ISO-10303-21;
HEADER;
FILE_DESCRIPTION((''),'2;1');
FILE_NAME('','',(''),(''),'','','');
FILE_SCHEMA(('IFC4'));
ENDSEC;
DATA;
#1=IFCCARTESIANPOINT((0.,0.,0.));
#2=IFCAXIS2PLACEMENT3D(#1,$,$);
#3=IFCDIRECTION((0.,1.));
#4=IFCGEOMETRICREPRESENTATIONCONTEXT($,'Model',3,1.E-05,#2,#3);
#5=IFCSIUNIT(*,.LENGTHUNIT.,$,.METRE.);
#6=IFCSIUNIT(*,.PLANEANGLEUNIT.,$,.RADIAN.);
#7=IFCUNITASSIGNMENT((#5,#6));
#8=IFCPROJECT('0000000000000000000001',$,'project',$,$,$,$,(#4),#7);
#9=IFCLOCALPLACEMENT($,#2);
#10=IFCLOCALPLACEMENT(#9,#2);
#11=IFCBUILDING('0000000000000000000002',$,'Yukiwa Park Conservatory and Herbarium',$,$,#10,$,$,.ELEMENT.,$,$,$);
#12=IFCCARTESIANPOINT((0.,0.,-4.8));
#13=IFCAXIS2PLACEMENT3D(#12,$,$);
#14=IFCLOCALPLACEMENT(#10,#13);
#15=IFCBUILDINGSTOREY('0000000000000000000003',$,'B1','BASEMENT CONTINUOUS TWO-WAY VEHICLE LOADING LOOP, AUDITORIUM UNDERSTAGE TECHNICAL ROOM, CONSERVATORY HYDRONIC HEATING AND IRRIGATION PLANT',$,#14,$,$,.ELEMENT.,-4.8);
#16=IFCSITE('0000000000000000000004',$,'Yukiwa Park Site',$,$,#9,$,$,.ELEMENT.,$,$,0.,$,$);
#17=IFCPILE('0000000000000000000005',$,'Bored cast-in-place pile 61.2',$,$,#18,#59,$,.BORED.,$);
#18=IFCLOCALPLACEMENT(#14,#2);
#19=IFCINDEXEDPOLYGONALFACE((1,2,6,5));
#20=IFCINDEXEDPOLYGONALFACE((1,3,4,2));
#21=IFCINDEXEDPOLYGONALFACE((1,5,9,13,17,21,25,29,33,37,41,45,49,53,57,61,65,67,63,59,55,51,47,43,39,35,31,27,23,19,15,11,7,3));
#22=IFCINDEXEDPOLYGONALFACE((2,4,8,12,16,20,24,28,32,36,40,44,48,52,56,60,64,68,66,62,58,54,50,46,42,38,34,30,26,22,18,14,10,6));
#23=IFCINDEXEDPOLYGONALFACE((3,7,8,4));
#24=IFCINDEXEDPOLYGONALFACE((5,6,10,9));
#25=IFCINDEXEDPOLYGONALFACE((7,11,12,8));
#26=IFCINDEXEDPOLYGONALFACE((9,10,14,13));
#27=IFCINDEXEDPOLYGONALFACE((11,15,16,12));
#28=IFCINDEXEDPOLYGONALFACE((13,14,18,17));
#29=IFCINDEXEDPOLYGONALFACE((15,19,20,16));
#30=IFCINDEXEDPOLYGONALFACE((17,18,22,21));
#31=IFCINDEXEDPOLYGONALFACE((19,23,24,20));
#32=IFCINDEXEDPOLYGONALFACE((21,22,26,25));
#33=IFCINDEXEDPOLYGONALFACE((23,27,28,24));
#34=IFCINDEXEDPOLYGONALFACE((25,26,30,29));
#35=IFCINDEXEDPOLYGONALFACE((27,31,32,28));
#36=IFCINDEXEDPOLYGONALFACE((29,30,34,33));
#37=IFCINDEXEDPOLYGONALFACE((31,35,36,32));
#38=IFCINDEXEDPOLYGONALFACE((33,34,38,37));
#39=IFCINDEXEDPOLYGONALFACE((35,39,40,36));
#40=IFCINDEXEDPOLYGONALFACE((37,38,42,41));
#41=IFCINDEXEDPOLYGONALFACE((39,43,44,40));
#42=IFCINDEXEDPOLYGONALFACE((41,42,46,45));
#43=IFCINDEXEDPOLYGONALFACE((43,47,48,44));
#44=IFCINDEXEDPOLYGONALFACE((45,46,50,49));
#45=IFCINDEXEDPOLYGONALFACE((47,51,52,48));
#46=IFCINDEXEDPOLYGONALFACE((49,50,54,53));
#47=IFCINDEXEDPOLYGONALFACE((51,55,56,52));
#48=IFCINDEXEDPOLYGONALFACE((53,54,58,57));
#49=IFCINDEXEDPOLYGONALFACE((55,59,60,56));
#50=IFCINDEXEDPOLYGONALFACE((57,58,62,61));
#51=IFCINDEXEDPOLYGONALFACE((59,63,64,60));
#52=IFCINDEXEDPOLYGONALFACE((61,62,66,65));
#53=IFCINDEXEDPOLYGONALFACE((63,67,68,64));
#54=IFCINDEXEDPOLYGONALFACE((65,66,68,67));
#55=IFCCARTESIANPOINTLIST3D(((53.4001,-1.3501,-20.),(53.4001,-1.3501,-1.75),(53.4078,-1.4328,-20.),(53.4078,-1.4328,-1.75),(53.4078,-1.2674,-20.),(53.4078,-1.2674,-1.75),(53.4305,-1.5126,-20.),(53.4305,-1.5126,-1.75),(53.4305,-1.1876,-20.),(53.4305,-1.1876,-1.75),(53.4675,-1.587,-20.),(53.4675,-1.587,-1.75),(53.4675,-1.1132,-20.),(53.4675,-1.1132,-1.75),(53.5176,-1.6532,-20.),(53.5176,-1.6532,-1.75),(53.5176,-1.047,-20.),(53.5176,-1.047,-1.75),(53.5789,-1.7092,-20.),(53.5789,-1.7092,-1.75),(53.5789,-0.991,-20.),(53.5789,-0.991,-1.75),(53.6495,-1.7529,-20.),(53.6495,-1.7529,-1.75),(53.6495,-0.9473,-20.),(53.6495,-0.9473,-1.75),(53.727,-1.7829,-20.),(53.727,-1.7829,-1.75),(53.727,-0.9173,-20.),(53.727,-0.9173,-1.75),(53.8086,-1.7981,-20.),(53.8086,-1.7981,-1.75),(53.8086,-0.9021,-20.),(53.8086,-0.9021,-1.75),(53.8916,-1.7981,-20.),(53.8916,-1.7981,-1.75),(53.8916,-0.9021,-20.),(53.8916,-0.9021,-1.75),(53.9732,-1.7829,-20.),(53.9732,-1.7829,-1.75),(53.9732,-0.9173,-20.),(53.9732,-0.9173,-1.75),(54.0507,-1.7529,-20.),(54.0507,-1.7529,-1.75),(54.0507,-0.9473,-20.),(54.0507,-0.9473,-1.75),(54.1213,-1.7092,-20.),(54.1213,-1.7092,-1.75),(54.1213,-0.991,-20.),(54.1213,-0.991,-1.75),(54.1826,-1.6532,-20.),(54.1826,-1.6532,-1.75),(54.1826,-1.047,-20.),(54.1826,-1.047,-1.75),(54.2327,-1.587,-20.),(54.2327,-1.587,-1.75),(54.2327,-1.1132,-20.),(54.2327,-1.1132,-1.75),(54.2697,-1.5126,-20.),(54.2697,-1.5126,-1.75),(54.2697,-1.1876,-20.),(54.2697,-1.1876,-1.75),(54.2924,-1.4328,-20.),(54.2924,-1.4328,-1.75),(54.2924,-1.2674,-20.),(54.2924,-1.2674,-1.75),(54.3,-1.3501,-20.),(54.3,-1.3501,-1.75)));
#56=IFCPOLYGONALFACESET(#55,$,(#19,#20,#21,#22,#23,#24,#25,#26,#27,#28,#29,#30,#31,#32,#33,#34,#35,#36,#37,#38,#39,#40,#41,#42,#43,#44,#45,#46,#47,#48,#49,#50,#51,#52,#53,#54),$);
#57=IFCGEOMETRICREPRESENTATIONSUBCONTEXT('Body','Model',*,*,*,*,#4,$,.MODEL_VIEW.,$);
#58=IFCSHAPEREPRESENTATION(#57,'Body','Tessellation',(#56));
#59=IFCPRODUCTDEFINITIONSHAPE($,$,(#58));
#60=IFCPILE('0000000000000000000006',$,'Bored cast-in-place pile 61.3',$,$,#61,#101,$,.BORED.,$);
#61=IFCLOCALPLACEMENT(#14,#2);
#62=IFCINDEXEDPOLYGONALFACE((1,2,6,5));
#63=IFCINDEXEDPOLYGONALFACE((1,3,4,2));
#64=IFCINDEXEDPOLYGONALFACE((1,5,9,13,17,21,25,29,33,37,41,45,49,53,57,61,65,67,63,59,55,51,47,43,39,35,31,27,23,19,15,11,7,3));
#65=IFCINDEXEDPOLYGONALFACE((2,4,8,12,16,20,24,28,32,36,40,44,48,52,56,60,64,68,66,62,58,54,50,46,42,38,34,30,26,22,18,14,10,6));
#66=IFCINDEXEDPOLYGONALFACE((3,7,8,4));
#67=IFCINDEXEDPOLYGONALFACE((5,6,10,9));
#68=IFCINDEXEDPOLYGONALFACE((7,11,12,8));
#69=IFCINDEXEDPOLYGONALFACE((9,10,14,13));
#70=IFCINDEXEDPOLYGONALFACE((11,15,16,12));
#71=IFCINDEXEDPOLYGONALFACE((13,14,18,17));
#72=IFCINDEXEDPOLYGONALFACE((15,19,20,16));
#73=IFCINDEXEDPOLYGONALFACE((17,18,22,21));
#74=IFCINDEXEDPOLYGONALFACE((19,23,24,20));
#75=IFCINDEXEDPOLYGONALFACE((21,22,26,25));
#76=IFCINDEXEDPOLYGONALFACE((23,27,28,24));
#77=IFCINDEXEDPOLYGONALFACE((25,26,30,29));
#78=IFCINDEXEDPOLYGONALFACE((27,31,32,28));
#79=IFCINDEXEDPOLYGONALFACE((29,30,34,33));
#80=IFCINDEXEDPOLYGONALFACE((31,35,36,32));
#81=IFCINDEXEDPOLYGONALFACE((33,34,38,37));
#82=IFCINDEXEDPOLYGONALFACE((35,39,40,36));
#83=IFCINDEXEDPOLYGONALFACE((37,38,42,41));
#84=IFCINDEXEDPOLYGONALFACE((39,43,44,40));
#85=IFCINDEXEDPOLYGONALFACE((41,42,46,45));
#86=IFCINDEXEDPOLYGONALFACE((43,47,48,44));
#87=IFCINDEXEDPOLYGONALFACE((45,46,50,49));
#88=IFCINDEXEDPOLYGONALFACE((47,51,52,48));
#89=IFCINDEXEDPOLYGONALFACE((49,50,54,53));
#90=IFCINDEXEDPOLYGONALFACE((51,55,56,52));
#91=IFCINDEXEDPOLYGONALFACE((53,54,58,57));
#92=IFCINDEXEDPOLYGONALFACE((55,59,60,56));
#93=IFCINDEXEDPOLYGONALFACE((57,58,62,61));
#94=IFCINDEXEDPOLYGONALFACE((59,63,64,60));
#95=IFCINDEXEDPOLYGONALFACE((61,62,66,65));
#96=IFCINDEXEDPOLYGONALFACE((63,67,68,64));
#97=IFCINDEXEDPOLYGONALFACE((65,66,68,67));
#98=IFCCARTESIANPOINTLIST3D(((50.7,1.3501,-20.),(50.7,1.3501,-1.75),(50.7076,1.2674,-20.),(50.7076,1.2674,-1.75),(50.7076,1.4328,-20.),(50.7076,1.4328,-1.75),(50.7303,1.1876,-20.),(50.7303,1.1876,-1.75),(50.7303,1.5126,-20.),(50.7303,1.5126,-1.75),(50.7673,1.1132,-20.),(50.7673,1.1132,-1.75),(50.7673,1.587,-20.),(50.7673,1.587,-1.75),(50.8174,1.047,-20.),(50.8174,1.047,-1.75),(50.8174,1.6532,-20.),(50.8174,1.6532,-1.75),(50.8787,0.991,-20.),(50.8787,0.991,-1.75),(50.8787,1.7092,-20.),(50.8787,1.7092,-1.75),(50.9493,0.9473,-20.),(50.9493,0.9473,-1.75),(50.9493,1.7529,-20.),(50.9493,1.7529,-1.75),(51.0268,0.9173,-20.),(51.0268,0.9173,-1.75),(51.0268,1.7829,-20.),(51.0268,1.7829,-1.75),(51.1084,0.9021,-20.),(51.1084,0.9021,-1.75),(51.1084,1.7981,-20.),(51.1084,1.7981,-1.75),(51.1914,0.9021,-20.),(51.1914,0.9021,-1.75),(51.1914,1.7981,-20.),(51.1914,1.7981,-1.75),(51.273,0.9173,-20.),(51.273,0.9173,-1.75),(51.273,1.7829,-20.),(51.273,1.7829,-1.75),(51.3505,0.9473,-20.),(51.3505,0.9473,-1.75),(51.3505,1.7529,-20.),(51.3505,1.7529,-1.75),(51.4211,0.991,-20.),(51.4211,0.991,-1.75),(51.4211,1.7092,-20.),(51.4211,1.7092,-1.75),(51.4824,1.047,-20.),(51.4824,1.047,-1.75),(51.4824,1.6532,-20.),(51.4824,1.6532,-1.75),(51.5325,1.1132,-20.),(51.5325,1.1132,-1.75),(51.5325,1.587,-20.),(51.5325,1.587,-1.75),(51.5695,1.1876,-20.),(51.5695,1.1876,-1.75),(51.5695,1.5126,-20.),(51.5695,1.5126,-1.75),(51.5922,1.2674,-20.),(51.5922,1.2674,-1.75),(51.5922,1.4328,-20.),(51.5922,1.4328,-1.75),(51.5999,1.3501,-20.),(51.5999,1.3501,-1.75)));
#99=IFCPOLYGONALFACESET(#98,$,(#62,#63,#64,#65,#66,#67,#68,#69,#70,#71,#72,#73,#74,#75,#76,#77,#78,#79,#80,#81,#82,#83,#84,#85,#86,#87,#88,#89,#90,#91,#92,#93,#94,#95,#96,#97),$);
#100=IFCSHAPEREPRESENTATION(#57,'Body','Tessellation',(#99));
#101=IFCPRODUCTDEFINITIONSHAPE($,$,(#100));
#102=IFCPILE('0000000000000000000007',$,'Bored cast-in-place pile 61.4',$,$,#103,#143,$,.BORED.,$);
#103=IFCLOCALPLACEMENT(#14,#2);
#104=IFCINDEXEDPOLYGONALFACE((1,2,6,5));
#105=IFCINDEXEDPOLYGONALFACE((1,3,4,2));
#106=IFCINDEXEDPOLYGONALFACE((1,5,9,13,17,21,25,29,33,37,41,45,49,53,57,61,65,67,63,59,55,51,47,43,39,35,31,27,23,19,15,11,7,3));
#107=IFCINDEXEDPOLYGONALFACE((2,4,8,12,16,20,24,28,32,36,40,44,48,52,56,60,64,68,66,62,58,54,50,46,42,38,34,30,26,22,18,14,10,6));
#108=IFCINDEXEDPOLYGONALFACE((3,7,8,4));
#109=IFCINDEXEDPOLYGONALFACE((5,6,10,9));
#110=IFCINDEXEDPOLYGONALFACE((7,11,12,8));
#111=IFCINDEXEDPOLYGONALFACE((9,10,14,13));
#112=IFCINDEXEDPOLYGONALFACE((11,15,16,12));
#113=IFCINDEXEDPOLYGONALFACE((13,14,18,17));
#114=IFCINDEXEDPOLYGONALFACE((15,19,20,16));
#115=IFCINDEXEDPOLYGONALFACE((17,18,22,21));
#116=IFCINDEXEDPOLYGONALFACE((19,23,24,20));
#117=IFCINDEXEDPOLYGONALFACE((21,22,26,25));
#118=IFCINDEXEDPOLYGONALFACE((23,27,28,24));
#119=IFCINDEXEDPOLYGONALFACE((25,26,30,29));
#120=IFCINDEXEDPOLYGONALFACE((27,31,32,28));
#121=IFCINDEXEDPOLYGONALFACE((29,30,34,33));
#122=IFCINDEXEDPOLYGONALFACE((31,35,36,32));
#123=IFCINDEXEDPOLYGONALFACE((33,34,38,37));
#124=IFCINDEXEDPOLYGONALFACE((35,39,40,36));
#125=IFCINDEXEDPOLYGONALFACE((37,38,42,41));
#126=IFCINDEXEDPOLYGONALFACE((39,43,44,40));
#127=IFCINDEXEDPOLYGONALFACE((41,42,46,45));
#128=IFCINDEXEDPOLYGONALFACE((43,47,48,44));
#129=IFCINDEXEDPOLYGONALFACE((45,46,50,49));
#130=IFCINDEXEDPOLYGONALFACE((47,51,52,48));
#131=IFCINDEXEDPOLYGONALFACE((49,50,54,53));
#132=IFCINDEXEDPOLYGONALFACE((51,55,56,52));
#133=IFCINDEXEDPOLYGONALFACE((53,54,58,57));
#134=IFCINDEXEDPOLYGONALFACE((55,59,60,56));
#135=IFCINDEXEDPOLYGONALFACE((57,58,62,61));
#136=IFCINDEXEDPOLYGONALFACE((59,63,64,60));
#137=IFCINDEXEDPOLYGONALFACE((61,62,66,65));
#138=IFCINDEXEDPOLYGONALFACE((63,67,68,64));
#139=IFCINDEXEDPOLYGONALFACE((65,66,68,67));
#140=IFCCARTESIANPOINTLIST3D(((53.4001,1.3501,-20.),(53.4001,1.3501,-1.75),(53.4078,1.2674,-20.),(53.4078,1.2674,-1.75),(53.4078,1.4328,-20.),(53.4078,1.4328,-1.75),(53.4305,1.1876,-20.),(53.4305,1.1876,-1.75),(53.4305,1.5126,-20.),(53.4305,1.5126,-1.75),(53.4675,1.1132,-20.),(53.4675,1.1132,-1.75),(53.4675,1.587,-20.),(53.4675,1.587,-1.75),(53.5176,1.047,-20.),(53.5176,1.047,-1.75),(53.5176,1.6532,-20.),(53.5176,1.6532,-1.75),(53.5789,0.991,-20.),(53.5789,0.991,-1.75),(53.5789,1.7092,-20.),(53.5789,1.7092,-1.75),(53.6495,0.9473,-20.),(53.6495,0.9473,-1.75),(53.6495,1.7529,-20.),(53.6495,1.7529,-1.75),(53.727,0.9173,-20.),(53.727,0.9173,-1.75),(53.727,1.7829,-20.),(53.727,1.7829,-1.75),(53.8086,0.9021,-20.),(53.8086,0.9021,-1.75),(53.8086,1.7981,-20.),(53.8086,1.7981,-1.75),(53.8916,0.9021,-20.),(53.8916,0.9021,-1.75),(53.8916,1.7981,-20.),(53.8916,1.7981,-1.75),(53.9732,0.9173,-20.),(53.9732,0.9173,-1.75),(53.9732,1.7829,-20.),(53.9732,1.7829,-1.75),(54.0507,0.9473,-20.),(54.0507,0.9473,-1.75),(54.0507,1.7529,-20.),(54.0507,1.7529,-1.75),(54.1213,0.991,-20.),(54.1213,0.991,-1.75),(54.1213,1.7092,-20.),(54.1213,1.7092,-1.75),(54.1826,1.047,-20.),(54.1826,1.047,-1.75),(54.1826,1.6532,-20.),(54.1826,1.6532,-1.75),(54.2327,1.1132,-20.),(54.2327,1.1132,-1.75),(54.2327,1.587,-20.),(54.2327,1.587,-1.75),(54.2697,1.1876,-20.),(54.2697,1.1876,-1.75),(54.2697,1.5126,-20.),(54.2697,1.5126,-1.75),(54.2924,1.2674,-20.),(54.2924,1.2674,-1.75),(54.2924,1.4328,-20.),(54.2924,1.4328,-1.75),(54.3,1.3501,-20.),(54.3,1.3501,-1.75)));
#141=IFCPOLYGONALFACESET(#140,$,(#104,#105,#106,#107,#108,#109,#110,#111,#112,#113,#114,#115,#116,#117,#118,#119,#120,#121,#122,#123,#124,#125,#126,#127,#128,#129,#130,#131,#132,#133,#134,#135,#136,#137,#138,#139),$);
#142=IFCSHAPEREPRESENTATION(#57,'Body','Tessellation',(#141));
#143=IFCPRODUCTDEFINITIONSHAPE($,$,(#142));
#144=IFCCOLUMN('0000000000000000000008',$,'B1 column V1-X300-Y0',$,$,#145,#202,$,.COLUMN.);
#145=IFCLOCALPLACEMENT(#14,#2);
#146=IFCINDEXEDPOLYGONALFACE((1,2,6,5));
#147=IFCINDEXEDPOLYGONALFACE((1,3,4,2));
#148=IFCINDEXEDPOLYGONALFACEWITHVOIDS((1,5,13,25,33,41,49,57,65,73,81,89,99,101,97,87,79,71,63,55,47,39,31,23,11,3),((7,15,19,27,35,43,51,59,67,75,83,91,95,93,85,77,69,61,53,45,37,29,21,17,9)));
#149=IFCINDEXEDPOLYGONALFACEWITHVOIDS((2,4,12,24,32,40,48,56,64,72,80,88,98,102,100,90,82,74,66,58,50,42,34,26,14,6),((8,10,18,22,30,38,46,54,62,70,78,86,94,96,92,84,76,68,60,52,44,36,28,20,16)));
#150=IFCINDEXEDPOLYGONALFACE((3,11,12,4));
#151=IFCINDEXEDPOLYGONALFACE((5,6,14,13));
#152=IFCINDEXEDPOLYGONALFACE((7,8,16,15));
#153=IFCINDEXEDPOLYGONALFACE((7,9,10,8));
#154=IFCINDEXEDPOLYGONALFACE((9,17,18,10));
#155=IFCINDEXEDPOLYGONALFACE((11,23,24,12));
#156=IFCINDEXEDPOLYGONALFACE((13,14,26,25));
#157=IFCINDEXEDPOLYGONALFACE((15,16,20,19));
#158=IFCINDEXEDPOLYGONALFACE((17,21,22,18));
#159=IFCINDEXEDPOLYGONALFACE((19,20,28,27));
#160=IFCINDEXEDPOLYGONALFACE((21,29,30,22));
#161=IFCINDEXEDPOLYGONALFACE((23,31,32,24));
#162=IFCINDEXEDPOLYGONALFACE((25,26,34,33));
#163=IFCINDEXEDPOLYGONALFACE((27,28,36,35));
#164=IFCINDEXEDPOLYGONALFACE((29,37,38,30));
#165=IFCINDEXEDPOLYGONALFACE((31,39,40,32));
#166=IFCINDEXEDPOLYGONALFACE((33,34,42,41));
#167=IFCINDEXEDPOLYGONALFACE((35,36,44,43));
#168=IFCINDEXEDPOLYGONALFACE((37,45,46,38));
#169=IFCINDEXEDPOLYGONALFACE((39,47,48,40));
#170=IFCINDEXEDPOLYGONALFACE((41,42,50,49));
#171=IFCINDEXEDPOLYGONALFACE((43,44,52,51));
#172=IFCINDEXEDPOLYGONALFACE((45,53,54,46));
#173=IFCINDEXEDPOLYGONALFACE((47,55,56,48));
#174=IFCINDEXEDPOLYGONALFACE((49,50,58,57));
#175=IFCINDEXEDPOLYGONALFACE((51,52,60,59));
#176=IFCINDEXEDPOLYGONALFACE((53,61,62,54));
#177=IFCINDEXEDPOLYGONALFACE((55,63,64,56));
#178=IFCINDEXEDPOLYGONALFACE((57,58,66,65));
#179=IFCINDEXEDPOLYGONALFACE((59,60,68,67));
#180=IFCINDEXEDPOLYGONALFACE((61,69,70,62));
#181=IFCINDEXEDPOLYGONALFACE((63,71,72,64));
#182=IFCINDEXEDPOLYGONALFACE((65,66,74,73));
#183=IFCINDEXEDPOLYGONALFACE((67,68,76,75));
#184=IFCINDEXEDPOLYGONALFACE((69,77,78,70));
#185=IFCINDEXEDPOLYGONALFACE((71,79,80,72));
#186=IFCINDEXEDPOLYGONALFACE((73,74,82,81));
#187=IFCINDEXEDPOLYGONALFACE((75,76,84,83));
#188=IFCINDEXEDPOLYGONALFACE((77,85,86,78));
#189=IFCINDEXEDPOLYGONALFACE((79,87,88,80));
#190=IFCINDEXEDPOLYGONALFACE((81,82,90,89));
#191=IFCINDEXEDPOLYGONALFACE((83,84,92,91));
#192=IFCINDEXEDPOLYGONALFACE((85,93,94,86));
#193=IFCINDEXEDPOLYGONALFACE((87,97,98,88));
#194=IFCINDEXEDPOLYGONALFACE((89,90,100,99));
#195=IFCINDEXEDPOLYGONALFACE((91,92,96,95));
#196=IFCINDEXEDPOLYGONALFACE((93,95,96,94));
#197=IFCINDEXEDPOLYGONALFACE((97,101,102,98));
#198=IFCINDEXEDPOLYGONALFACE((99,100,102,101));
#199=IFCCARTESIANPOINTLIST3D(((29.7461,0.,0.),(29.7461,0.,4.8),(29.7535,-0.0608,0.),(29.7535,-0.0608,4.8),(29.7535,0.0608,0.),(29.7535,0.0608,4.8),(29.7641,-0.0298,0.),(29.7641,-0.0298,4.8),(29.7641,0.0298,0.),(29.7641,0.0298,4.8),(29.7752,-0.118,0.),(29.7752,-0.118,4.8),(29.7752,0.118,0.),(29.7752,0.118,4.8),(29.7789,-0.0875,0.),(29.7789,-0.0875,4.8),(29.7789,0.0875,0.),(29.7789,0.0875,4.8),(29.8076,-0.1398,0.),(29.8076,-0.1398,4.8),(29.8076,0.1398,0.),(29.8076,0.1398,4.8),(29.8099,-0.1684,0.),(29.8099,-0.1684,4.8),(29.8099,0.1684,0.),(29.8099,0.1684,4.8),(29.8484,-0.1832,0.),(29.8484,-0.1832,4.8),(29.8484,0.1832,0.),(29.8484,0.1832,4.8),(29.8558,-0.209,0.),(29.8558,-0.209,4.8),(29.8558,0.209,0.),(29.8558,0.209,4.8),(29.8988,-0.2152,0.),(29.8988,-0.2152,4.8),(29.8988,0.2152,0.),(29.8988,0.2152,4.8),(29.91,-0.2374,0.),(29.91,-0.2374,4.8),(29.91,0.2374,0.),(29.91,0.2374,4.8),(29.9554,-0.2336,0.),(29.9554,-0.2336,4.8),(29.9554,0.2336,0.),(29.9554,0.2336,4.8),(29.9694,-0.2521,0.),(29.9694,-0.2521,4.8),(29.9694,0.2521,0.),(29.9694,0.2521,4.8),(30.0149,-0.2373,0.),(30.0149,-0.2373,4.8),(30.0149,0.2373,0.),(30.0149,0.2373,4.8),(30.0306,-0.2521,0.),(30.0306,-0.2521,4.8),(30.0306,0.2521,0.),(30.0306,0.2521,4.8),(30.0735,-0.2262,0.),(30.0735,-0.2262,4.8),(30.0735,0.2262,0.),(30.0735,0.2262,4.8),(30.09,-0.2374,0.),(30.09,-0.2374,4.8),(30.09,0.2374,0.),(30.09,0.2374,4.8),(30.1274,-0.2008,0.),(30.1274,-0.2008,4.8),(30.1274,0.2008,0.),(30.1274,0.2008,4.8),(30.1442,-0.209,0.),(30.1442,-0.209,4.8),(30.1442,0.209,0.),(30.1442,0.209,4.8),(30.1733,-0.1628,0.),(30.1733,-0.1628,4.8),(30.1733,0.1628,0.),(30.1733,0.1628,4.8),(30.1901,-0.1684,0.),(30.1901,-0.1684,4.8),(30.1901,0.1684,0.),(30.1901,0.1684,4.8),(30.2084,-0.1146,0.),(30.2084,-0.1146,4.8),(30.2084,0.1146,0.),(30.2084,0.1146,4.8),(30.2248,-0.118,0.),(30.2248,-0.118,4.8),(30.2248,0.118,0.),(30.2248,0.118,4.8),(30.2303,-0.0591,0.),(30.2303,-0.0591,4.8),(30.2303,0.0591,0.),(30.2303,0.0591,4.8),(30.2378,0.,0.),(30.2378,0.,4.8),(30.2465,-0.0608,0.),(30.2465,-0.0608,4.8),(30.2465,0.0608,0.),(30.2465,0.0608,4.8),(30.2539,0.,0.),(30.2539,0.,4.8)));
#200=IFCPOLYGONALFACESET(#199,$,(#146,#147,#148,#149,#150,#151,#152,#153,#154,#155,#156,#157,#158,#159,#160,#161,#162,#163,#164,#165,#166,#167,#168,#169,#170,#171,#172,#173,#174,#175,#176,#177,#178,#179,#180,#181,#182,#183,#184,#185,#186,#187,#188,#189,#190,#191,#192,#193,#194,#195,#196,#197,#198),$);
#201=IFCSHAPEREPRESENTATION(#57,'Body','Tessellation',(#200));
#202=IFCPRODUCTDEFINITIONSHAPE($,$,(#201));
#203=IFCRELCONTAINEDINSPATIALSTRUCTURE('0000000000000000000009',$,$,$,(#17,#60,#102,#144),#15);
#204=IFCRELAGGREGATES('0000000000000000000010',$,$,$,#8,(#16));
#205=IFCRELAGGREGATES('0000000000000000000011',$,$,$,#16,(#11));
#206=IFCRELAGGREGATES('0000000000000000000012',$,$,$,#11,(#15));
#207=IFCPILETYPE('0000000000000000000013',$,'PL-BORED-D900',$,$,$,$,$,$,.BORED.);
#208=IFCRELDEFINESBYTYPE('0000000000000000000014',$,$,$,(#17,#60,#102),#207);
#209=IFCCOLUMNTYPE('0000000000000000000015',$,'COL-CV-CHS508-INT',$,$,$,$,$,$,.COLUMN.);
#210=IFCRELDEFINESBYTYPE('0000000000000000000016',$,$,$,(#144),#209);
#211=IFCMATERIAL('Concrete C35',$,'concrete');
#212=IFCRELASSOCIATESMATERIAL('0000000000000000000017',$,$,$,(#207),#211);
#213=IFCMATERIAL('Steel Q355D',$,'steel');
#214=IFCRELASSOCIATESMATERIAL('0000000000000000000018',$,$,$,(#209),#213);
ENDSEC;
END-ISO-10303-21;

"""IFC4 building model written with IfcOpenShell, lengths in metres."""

from ifc_helpers import new_model, si_unit, direction, frame, origin, origin_2d, place, context, subcontext, project, spatial, circle, hollow_circle, extrude, material, material_profile, profile_set, type_object, element, save


model = new_model("IFC4")

# Units and contexts
model_context = context("Model", 3, precision=1e-05, world=origin(), true_north=direction((0.0, 1.0)))
body_context = subcontext(model_context, "Body", "Model", "MODEL_VIEW")
ifc_project = project(units=[si_unit("LENGTHUNIT", "METRE"), si_unit("PLANEANGLEUNIT", "RADIAN")], contexts=[model_context])

# Site, building, storey
site_placement = place(None, origin())
site = spatial("IfcSite", under=ifc_project, at=site_placement, Name="Yukiwa Park Site", CompositionType="ELEMENT", RefElevation=0.0)
building_placement = place(site_placement, origin())
building = spatial("IfcBuilding", under=site, at=building_placement, Name="Yukiwa Park Conservatory and Herbarium", CompositionType="ELEMENT")
storey_placement = place(building_placement, frame((0.0, 0.0, -4.8)))
storey = spatial("IfcBuildingStorey", under=building, at=storey_placement, Name="B1", Description="BASEMENT CONTINUOUS TWO-WAY VEHICLE LOADING LOOP, AUDITORIUM UNDERSTAGE TECHNICAL ROOM, CONSERVATORY HYDRONIC HEATING AND IRRIGATION PLANT", CompositionType="ELEMENT", Elevation=-4.8)

# Piles
ifc_material_1 = material(Name="Concrete C35", Category="concrete")
ifc_material_profile_1 = material_profile(ifc_material_1, circle(Radius=0.45, at=origin_2d()), Name="PILE D900")
ifc_profile_set_1 = profile_set([ifc_material_profile_1], Name="Concrete C35")
pile_type = type_object("IfcPileType", Name="PL-BORED-D900", PredefinedType="BORED", material=ifc_profile_set_1)
for number, where, z_axis, x_axis, name in (
    (1, (53.8501, -1.3501, -1.75), (0.0, 0.0, -1.0), (1.0, 0.0, 0.0), "Bored cast-in-place pile 61.2"),
    (2, (51.1499, 1.3501, -1.75), (0.0, 0.0, -1.0), (1.0, 0.0, 0.0), "Bored cast-in-place pile 61.3"),
    (3, (53.8501, 1.3501, -1.75), (0.0, 0.0, -1.0), (1.0, 0.0, 0.0), "Bored cast-in-place pile 61.4"),
):
    element("IfcPile", number, at=place(storey_placement, frame(where, z_axis=z_axis, x_axis=x_axis)), inside=storey, type_object=pile_type, Name=name, PredefinedType="BORED", context=body_context, shape_type="SweptSolid", body=[
        extrude(circle(Radius=0.45, at=origin_2d()), origin(), (0.0, 0.0, 1.0), 18.25),
    ])

# Column
ifc_material_2 = material(Name="Steel Q355D", Category="steel")
ifc_material_profile_2 = material_profile(ifc_material_2, hollow_circle(Radius=0.2539, WallThickness=0.0161, at=origin_2d()), Name="CHS 508x16")
ifc_profile_set_2 = profile_set([ifc_material_profile_2], Name="Steel Q355D")
column_type = type_object("IfcColumnType", Name="COL-CV-CHS508-INT", PredefinedType="COLUMN", material=ifc_profile_set_2)
for number, where, z_axis, x_axis, name in (
    (4, (30.0, 0.0, 0.0), (0.0, 0.0, 1.0), (1.0, 0.0, 0.0), "B1 column V1-X300-Y0"),
):
    element("IfcColumn", number, at=place(storey_placement, frame(where, z_axis=z_axis, x_axis=x_axis)), inside=storey, type_object=column_type, Name=name, PredefinedType="COLUMN", context=body_context, shape_type="SweptSolid", body=[
        extrude(hollow_circle(Radius=0.2539, WallThickness=0.0161, at=origin_2d()), origin(), (0.0, 0.0, 1.0), 4.8),
    ])

save(model, "model.ifc")
